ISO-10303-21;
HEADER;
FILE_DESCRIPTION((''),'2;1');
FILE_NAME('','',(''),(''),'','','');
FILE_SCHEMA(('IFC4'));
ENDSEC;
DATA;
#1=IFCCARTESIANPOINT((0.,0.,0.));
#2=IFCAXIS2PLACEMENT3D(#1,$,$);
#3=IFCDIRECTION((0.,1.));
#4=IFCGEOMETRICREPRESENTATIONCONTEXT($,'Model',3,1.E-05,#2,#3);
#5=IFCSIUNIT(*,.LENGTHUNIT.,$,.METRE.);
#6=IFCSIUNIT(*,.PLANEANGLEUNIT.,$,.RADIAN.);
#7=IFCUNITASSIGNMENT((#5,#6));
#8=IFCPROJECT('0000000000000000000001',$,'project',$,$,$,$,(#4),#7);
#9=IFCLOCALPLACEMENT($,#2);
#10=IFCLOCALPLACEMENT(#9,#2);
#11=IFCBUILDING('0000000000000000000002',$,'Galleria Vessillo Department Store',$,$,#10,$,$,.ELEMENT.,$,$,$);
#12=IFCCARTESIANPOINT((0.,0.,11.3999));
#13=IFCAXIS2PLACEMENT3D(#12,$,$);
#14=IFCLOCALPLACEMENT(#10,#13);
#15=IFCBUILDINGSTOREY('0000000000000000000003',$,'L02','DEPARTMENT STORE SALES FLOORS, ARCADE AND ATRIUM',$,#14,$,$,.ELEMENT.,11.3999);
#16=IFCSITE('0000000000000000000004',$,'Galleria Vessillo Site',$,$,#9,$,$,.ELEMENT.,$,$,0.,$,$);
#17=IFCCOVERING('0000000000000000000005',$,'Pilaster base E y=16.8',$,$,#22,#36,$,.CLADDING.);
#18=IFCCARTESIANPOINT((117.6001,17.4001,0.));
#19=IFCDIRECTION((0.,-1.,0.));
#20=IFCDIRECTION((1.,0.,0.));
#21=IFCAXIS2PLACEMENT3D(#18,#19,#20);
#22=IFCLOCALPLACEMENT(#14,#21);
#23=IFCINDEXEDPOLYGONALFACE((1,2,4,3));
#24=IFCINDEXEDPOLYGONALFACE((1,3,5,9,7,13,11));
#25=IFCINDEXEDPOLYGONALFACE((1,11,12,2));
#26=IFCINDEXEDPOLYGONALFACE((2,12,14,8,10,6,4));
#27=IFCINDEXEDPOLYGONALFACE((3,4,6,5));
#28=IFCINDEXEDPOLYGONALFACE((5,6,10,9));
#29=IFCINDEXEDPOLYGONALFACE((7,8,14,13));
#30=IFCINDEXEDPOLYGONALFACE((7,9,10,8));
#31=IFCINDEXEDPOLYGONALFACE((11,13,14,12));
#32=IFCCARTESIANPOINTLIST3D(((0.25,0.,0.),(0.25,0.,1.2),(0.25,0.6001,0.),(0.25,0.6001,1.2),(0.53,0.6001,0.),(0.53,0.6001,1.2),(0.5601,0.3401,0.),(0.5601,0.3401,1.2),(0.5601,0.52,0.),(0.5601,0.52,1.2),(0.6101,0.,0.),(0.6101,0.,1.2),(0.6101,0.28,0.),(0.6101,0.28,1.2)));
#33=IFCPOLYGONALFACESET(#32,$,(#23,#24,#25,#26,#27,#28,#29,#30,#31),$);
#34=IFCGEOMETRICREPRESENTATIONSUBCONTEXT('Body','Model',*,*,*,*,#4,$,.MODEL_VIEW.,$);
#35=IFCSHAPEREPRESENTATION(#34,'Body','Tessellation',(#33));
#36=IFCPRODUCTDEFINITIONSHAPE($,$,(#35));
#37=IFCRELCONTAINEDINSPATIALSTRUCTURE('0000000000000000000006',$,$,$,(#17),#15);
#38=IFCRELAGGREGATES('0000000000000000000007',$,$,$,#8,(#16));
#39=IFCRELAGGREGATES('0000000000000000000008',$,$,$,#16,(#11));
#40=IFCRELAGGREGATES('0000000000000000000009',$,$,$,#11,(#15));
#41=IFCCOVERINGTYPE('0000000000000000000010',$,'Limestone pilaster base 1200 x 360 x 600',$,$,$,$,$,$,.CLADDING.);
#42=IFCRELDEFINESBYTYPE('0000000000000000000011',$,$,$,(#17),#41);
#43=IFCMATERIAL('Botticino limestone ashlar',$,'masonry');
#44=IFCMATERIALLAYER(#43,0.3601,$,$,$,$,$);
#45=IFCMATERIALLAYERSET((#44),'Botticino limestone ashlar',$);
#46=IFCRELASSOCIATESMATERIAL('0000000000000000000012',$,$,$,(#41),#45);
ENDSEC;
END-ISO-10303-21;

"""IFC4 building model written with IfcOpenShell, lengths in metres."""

from ifc_helpers import new_model, si_unit, direction, frame, origin, place, context, subcontext, project, spatial, polyline, outline, extrude, material, layer, layer_set, type_object, element, save


model = new_model("IFC4")

# Units and contexts
model_context = context("Model", 3, precision=1e-05, world=origin(), true_north=direction((0.0, 1.0)))
body_context = subcontext(model_context, "Body", "Model", "MODEL_VIEW")
ifc_project = project(units=[si_unit("LENGTHUNIT", "METRE"), si_unit("PLANEANGLEUNIT", "RADIAN")], contexts=[model_context])

# Site, building, storey
site_placement = place(None, origin())
site = spatial("IfcSite", under=ifc_project, at=site_placement, Name="Galleria Vessillo Site", CompositionType="ELEMENT", RefElevation=0.0)
building_placement = place(site_placement, origin())
building = spatial("IfcBuilding", under=site, at=building_placement, Name="Galleria Vessillo Department Store", CompositionType="ELEMENT")
storey_placement = place(building_placement, frame((0.0, 0.0, 11.3999)))
storey = spatial("IfcBuildingStorey", under=building, at=storey_placement, Name="L02", Description="DEPARTMENT STORE SALES FLOORS, ARCADE AND ATRIUM", CompositionType="ELEMENT", Elevation=11.3999)

# Covering
ifc_material_1 = material(Name="Botticino limestone ashlar", Category="masonry")
ifc_layer_1 = layer(ifc_material_1, 0.3601)
ifc_layer_set_1 = layer_set([ifc_layer_1], Name="Botticino limestone ashlar")
covering_type_1 = type_object("IfcCoveringType", Name="Limestone pilaster base 1200 x 360 x 600", PredefinedType="CLADDING", material=ifc_layer_set_1)
covering_1_placement = place(storey_placement, frame((117.6001, 17.4001, 0.0), z_axis=(0.0, -1.0, 0.0), x_axis=(1.0, 0.0, 0.0)))
element("IfcCovering", 1, at=covering_1_placement, inside=storey, type_object=covering_type_1, Name="Pilaster base E y=16.8", PredefinedType="CLADDING", context=body_context, shape_type="SweptSolid", body=[
    extrude(outline(polyline([(0.25, 0.0), (0.6101, 0.0), (0.6101, 0.28), (0.5601, 0.3401), (0.5601, 0.52), (0.53, 0.6001), (0.25, 0.6001), (0.25, 0.0)])), origin(), (0.0, 0.0, 1.0), 1.2),
])

save(model, "model.ifc")
